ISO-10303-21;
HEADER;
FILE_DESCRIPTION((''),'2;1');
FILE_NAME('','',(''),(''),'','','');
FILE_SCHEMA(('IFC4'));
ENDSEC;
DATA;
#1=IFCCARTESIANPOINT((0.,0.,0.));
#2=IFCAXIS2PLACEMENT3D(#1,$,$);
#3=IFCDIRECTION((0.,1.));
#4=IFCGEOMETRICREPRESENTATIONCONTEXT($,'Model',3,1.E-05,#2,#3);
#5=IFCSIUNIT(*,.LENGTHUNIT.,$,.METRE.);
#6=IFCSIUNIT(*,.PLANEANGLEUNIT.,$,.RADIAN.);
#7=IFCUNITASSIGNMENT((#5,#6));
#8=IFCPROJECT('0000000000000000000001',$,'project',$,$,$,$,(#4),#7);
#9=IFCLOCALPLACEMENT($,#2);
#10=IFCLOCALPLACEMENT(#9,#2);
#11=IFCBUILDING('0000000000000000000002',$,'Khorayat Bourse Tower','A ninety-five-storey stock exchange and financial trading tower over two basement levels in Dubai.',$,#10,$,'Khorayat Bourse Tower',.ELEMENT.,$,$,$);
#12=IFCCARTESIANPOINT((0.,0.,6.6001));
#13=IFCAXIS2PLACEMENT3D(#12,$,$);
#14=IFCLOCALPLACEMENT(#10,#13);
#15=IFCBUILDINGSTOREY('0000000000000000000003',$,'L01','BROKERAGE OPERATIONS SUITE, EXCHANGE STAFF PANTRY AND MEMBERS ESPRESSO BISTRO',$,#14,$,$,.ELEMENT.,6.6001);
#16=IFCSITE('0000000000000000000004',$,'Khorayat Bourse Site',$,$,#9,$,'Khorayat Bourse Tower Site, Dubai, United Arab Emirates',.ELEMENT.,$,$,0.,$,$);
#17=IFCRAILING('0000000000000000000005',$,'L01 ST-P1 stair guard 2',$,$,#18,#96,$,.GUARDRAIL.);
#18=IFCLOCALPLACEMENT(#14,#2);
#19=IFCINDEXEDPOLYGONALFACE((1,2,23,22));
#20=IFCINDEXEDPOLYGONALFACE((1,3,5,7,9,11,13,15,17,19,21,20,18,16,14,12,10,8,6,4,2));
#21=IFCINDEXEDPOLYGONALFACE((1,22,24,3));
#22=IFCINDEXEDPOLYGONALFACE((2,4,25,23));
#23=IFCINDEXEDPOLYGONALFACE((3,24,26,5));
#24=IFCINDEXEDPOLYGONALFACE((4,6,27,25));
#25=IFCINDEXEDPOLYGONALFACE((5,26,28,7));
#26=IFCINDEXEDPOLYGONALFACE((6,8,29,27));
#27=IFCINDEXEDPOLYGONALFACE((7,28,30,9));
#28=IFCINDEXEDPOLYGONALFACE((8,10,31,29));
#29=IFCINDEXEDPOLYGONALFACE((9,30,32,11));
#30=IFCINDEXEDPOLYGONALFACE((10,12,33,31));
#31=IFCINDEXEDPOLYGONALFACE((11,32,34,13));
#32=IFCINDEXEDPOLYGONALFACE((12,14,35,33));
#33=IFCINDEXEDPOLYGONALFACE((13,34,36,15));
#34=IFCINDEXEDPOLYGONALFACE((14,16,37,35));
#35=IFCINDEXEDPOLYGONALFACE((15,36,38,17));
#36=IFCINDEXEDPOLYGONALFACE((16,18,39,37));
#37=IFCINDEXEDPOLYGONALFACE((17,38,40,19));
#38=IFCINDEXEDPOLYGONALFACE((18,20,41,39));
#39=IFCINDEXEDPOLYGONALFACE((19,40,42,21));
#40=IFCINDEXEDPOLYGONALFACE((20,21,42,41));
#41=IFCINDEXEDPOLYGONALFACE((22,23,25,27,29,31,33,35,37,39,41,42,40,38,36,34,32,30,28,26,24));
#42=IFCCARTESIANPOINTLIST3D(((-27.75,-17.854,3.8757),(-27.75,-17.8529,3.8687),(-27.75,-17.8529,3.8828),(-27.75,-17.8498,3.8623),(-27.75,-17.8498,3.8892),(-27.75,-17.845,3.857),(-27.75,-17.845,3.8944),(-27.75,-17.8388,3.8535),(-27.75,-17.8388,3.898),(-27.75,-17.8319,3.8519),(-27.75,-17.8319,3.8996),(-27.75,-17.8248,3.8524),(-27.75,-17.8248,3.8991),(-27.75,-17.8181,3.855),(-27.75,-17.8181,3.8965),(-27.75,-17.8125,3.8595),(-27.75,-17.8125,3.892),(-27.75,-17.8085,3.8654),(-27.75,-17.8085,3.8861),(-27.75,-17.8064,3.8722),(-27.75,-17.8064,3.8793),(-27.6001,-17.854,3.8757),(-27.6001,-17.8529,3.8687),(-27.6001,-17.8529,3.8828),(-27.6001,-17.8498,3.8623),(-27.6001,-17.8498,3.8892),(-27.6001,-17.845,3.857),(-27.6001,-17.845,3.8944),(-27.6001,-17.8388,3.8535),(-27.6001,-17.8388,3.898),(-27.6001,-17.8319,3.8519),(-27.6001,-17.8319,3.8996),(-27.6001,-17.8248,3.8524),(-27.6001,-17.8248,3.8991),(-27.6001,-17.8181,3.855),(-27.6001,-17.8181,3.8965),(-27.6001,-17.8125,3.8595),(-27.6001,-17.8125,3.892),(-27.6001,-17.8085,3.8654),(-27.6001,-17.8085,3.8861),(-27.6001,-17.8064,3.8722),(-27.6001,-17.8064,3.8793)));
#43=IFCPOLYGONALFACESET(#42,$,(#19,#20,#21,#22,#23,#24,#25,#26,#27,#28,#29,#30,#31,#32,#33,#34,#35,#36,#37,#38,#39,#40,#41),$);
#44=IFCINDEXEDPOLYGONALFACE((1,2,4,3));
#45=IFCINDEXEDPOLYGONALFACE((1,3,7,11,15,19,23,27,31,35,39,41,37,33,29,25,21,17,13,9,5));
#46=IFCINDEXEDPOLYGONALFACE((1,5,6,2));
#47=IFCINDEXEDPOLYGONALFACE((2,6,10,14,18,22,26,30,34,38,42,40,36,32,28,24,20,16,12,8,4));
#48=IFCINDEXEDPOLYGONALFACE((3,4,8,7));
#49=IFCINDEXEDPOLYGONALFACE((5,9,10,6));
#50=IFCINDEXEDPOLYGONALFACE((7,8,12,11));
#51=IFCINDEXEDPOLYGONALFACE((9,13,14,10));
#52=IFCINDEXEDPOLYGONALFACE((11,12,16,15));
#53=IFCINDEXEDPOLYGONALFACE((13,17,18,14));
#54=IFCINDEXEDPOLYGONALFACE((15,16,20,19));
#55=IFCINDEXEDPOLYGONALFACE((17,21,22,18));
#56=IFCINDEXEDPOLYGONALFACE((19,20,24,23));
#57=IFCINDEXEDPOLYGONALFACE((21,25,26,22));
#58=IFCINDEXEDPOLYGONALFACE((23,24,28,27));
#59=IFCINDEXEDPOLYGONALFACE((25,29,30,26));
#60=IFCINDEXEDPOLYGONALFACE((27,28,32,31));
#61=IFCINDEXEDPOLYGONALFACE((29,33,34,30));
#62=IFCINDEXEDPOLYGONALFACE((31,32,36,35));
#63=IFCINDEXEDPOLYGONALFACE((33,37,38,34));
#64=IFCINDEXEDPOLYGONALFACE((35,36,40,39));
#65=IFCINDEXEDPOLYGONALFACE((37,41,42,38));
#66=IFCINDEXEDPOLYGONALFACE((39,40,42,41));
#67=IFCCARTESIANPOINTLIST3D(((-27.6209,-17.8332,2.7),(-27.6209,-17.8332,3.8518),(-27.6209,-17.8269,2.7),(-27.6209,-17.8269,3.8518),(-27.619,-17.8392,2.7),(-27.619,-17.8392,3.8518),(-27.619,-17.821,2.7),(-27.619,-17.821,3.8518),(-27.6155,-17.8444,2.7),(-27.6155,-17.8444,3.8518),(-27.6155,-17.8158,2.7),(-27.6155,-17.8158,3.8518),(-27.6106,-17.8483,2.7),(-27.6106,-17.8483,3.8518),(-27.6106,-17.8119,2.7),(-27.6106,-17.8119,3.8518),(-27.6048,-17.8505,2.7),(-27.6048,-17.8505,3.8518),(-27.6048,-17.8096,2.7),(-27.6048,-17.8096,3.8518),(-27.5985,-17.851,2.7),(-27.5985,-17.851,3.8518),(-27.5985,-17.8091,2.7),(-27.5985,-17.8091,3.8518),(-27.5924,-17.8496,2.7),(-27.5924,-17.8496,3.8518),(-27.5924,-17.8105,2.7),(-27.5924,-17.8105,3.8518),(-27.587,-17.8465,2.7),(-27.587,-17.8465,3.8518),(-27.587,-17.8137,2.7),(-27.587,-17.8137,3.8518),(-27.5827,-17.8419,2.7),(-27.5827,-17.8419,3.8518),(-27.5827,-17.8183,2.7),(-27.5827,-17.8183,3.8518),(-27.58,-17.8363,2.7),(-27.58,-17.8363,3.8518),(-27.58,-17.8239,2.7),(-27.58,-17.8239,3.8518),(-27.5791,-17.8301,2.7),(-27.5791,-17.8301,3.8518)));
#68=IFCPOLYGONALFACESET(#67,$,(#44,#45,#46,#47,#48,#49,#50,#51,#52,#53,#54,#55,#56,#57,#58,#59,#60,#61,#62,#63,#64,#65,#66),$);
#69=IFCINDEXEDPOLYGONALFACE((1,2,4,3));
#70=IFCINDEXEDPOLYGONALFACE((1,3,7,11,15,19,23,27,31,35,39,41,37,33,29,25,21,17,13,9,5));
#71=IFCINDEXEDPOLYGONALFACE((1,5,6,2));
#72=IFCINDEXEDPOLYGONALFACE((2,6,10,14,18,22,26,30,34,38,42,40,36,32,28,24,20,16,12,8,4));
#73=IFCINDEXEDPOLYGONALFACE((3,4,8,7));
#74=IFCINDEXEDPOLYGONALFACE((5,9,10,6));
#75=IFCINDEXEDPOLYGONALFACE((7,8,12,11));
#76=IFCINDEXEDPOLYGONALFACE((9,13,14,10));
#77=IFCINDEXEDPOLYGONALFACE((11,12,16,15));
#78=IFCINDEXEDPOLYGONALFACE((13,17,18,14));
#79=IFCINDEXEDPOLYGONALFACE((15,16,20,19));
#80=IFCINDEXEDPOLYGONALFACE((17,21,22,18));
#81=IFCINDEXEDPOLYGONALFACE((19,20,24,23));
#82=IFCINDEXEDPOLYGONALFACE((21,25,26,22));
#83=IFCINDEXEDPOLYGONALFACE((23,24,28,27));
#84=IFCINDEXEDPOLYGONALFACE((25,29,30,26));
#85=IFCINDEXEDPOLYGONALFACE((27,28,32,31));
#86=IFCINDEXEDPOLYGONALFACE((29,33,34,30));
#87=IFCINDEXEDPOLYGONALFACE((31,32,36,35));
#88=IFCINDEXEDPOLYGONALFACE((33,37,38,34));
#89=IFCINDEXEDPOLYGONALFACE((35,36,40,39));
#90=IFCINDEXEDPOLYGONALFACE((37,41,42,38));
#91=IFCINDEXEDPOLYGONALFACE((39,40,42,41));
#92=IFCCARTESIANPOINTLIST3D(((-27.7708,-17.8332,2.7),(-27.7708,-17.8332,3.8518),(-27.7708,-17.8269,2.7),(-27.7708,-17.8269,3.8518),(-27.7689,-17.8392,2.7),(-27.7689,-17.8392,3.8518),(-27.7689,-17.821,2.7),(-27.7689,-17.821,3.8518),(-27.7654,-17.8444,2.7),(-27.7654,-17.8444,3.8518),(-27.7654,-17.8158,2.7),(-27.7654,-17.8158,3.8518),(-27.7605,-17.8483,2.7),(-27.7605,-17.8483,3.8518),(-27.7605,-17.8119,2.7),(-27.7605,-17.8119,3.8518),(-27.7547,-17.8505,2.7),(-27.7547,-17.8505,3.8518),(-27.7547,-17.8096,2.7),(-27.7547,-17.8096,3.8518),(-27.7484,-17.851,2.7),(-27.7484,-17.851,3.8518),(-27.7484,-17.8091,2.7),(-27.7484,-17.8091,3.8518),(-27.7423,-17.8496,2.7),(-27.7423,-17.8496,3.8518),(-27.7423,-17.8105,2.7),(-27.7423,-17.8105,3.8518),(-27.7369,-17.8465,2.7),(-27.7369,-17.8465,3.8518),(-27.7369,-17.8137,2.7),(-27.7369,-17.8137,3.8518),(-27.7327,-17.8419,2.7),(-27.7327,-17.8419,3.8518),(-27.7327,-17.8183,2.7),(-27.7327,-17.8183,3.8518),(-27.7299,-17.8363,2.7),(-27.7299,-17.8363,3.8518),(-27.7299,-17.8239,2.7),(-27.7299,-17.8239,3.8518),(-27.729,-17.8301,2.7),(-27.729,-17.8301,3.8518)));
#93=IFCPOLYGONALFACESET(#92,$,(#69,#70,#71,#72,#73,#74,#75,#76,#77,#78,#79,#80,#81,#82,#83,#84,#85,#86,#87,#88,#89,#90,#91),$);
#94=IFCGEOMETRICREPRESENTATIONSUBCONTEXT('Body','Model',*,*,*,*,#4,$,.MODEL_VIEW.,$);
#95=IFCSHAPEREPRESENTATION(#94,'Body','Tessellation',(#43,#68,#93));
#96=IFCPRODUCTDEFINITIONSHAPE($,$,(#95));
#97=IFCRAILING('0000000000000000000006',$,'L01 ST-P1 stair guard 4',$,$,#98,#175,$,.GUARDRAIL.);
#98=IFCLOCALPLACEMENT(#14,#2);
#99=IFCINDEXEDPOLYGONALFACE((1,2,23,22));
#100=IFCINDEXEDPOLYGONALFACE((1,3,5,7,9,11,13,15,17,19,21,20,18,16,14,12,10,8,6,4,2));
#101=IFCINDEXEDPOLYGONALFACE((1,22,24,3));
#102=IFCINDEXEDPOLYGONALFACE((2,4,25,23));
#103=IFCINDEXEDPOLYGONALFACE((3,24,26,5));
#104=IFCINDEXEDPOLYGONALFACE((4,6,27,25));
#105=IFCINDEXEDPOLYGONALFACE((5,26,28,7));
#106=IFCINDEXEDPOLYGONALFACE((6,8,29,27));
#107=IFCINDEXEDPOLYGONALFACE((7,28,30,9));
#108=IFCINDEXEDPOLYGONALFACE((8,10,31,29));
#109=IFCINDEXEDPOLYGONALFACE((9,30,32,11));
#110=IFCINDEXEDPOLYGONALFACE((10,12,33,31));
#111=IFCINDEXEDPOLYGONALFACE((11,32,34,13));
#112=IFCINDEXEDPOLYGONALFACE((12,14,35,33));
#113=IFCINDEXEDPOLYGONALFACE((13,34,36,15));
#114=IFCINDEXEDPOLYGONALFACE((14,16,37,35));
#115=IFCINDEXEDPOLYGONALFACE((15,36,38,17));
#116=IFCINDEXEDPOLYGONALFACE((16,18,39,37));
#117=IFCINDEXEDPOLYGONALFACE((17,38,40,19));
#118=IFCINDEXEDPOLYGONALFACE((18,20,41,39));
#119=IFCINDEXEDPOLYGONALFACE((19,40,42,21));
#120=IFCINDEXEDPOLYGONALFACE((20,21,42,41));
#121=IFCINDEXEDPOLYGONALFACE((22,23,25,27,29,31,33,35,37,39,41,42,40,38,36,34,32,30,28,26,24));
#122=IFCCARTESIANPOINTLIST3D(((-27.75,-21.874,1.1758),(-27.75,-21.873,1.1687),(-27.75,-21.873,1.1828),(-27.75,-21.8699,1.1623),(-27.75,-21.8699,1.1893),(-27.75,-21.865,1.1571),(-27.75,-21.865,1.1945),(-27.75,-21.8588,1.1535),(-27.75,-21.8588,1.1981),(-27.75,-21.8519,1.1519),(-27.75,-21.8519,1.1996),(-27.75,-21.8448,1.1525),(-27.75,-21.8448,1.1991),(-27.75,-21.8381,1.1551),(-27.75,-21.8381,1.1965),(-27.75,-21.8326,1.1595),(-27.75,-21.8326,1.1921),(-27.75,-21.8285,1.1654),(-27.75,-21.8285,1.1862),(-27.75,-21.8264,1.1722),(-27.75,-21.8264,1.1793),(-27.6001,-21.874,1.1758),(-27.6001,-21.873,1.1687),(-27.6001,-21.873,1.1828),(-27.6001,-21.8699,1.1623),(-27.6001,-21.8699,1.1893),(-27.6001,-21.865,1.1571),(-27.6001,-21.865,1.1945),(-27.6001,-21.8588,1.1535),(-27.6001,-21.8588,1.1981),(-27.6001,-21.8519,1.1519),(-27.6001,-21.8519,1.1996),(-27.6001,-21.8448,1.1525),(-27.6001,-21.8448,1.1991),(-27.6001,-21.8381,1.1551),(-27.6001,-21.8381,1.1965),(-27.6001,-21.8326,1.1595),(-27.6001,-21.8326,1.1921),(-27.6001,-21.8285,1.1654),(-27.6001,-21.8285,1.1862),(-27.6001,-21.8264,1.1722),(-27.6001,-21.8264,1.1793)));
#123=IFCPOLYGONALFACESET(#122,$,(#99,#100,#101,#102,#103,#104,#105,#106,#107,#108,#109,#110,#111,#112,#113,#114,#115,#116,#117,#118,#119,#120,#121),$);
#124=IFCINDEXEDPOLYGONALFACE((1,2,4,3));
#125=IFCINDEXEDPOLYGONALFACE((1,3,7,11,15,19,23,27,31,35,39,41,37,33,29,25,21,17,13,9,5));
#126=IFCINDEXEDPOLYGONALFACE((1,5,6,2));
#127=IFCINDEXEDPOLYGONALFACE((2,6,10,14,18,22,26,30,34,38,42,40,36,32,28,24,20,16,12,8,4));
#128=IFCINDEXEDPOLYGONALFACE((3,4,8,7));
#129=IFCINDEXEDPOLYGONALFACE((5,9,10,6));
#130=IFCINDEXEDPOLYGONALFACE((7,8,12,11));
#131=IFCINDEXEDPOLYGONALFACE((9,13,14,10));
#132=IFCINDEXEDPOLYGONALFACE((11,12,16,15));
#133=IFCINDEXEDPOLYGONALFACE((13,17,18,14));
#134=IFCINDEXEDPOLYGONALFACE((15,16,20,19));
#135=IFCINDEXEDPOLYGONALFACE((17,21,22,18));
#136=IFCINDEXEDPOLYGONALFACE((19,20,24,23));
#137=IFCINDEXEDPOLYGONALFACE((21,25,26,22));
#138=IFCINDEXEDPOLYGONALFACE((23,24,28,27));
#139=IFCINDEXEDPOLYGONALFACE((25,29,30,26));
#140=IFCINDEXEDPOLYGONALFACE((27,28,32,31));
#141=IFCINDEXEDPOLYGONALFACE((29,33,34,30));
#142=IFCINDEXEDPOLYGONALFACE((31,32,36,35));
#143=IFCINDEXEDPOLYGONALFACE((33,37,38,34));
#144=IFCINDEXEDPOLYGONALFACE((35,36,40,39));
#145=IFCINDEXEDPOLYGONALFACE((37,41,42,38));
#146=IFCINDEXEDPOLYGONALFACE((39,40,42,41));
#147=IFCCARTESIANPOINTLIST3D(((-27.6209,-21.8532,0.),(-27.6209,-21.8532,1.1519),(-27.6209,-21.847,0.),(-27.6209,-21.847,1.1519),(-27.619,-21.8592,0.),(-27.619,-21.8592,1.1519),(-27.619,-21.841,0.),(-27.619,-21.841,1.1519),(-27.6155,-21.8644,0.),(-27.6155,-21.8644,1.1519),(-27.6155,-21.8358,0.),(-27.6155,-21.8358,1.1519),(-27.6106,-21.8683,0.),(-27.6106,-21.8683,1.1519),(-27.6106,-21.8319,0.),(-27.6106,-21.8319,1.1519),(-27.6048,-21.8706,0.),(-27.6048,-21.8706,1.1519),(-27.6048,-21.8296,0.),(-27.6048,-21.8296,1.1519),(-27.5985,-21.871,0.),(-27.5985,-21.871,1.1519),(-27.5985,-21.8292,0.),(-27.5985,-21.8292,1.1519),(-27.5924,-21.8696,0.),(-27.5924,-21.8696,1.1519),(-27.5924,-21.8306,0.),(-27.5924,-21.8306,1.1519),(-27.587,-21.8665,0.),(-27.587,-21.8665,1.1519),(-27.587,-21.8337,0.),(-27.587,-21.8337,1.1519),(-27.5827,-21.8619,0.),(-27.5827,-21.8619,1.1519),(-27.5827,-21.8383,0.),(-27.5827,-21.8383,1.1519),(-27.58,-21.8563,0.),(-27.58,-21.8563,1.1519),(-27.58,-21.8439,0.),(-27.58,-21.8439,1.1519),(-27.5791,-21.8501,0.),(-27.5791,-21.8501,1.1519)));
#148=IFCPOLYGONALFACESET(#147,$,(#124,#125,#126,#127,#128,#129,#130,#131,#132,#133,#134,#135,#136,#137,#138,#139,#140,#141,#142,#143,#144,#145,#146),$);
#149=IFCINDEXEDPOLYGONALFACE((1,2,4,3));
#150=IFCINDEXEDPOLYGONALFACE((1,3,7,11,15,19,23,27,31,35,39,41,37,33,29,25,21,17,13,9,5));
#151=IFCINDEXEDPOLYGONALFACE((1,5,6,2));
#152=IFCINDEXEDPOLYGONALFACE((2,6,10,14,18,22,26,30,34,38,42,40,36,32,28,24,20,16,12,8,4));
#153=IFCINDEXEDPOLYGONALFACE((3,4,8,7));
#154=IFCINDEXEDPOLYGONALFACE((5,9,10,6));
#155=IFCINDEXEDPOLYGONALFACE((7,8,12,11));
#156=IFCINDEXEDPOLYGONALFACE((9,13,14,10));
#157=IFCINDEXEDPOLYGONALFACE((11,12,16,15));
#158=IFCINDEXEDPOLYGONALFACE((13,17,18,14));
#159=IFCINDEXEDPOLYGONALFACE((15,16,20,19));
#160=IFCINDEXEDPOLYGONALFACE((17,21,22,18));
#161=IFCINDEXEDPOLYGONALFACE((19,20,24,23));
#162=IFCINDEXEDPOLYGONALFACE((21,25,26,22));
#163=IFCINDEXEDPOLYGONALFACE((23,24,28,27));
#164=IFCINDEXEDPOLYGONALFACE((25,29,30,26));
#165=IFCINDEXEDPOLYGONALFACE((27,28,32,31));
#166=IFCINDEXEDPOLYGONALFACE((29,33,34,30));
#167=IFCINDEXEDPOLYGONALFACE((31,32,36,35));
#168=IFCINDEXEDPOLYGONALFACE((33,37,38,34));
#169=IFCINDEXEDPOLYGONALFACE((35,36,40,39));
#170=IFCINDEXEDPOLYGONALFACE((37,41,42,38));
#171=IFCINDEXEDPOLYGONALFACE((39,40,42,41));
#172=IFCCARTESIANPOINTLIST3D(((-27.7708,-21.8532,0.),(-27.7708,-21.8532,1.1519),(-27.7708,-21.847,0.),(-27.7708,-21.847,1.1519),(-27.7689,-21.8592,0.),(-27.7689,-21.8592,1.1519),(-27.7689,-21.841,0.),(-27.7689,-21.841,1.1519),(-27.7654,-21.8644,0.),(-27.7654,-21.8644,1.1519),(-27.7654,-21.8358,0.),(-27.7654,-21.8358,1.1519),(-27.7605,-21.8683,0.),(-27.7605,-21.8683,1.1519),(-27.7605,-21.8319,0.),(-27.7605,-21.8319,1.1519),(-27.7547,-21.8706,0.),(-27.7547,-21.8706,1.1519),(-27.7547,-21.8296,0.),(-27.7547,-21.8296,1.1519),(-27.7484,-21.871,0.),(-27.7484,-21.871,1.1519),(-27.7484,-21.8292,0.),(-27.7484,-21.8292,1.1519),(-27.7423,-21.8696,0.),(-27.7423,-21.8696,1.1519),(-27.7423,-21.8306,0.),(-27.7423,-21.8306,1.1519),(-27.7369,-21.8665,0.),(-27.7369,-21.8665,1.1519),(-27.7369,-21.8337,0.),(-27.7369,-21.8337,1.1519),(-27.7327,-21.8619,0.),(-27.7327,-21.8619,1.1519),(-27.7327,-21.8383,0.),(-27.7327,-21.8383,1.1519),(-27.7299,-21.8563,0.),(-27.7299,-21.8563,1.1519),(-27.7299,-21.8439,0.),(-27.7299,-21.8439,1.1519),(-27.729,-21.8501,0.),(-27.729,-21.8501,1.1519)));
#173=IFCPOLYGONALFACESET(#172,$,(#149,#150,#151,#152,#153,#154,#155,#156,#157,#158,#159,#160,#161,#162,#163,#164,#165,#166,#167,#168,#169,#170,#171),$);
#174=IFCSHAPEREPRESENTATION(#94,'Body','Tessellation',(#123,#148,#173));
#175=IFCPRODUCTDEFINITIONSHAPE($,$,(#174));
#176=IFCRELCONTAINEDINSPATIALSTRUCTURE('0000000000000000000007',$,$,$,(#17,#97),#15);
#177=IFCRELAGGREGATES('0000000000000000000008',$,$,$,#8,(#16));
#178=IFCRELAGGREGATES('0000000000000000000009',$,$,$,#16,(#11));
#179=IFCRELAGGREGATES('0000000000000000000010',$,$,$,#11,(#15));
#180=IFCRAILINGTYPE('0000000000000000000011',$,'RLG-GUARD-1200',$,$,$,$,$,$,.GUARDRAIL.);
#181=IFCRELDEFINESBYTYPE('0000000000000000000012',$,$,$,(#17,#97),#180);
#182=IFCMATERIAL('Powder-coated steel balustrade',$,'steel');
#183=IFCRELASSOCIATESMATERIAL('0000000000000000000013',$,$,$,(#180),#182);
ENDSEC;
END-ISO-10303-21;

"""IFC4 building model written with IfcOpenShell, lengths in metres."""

from ifc_helpers import new_model, si_unit, direction, frame, origin, origin_2d, place, context, subcontext, project, spatial, circle, extrude, source, transform, mapped, material, type_object, element, save


model = new_model("IFC4")

# Units and contexts
model_context = context("Model", 3, precision=1e-05, world=origin(), true_north=direction((0.0, 1.0)))
body_context = subcontext(model_context, "Body", "Model", "MODEL_VIEW")
ifc_project = project(units=[si_unit("LENGTHUNIT", "METRE"), si_unit("PLANEANGLEUNIT", "RADIAN")], contexts=[model_context])

# Site, building, storey
site_placement = place(None, origin())
site = spatial("IfcSite", under=ifc_project, at=site_placement, Name="Khorayat Bourse Site", LongName="Khorayat Bourse Tower Site, Dubai, United Arab Emirates", CompositionType="ELEMENT", RefElevation=0.0)
building_placement = place(site_placement, origin())
building = spatial("IfcBuilding", under=site, at=building_placement, Name="Khorayat Bourse Tower", Description="A ninety-five-storey stock exchange and financial trading tower over two basement levels in Dubai.", LongName="Khorayat Bourse Tower", CompositionType="ELEMENT")
storey_placement = place(building_placement, frame((0.0, 0.0, 6.6001)))
storey = spatial("IfcBuildingStorey", under=building, at=storey_placement, Name="L01", Description="BROKERAGE OPERATIONS SUITE, EXCHANGE STAFF PANTRY AND MEMBERS ESPRESSO BISTRO", CompositionType="ELEMENT", Elevation=6.6001)

# Railings
ifc_material_1 = material(Name="Powder-coated steel balustrade", Category="steel")
railing_type_1 = type_object("IfcRailingType", Name="RLG-GUARD-1200", PredefinedType="GUARDRAIL", material=ifc_material_1)
shared_shape_1 = source(origin(), body_context, "Body", "SweptSolid", [
    extrude(circle(Radius=0.0239, at=origin_2d()), frame((0.0, 0.0, 1.1758), z_axis=(-1.0, 0.0, 0.0), x_axis=(0.0, -1.0, 0.0)), (0.0, 0.0, 1.0), 0.1499),
    extrude(circle(Radius=0.021, at=origin_2d()), origin(), (0.0, 0.0, 1.0), 1.1519),
    extrude(circle(Radius=0.021, at=origin_2d()), frame((-0.1499, 0.0, 0.0)), (0.0, 0.0, 1.0), 1.1519),
])
for number, where, name in (
    (1, (-27.6001, -17.8301, 2.7), "L01 ST-P1 stair guard 2"),
    (2, (-27.6001, -21.8501, 0.0), "L01 ST-P1 stair guard 4"),
):
    element("IfcRailing", number, at=place(storey_placement, frame(where)), inside=storey, type_object=railing_type_1, Name=name, PredefinedType="GUARDRAIL", context=body_context, shape_type="MappedRepresentation", body=[
        mapped(shared_shape_1, transform((0.0, 0.0, 0.0), scale=1.0)),
    ])

save(model, "model.ifc")
